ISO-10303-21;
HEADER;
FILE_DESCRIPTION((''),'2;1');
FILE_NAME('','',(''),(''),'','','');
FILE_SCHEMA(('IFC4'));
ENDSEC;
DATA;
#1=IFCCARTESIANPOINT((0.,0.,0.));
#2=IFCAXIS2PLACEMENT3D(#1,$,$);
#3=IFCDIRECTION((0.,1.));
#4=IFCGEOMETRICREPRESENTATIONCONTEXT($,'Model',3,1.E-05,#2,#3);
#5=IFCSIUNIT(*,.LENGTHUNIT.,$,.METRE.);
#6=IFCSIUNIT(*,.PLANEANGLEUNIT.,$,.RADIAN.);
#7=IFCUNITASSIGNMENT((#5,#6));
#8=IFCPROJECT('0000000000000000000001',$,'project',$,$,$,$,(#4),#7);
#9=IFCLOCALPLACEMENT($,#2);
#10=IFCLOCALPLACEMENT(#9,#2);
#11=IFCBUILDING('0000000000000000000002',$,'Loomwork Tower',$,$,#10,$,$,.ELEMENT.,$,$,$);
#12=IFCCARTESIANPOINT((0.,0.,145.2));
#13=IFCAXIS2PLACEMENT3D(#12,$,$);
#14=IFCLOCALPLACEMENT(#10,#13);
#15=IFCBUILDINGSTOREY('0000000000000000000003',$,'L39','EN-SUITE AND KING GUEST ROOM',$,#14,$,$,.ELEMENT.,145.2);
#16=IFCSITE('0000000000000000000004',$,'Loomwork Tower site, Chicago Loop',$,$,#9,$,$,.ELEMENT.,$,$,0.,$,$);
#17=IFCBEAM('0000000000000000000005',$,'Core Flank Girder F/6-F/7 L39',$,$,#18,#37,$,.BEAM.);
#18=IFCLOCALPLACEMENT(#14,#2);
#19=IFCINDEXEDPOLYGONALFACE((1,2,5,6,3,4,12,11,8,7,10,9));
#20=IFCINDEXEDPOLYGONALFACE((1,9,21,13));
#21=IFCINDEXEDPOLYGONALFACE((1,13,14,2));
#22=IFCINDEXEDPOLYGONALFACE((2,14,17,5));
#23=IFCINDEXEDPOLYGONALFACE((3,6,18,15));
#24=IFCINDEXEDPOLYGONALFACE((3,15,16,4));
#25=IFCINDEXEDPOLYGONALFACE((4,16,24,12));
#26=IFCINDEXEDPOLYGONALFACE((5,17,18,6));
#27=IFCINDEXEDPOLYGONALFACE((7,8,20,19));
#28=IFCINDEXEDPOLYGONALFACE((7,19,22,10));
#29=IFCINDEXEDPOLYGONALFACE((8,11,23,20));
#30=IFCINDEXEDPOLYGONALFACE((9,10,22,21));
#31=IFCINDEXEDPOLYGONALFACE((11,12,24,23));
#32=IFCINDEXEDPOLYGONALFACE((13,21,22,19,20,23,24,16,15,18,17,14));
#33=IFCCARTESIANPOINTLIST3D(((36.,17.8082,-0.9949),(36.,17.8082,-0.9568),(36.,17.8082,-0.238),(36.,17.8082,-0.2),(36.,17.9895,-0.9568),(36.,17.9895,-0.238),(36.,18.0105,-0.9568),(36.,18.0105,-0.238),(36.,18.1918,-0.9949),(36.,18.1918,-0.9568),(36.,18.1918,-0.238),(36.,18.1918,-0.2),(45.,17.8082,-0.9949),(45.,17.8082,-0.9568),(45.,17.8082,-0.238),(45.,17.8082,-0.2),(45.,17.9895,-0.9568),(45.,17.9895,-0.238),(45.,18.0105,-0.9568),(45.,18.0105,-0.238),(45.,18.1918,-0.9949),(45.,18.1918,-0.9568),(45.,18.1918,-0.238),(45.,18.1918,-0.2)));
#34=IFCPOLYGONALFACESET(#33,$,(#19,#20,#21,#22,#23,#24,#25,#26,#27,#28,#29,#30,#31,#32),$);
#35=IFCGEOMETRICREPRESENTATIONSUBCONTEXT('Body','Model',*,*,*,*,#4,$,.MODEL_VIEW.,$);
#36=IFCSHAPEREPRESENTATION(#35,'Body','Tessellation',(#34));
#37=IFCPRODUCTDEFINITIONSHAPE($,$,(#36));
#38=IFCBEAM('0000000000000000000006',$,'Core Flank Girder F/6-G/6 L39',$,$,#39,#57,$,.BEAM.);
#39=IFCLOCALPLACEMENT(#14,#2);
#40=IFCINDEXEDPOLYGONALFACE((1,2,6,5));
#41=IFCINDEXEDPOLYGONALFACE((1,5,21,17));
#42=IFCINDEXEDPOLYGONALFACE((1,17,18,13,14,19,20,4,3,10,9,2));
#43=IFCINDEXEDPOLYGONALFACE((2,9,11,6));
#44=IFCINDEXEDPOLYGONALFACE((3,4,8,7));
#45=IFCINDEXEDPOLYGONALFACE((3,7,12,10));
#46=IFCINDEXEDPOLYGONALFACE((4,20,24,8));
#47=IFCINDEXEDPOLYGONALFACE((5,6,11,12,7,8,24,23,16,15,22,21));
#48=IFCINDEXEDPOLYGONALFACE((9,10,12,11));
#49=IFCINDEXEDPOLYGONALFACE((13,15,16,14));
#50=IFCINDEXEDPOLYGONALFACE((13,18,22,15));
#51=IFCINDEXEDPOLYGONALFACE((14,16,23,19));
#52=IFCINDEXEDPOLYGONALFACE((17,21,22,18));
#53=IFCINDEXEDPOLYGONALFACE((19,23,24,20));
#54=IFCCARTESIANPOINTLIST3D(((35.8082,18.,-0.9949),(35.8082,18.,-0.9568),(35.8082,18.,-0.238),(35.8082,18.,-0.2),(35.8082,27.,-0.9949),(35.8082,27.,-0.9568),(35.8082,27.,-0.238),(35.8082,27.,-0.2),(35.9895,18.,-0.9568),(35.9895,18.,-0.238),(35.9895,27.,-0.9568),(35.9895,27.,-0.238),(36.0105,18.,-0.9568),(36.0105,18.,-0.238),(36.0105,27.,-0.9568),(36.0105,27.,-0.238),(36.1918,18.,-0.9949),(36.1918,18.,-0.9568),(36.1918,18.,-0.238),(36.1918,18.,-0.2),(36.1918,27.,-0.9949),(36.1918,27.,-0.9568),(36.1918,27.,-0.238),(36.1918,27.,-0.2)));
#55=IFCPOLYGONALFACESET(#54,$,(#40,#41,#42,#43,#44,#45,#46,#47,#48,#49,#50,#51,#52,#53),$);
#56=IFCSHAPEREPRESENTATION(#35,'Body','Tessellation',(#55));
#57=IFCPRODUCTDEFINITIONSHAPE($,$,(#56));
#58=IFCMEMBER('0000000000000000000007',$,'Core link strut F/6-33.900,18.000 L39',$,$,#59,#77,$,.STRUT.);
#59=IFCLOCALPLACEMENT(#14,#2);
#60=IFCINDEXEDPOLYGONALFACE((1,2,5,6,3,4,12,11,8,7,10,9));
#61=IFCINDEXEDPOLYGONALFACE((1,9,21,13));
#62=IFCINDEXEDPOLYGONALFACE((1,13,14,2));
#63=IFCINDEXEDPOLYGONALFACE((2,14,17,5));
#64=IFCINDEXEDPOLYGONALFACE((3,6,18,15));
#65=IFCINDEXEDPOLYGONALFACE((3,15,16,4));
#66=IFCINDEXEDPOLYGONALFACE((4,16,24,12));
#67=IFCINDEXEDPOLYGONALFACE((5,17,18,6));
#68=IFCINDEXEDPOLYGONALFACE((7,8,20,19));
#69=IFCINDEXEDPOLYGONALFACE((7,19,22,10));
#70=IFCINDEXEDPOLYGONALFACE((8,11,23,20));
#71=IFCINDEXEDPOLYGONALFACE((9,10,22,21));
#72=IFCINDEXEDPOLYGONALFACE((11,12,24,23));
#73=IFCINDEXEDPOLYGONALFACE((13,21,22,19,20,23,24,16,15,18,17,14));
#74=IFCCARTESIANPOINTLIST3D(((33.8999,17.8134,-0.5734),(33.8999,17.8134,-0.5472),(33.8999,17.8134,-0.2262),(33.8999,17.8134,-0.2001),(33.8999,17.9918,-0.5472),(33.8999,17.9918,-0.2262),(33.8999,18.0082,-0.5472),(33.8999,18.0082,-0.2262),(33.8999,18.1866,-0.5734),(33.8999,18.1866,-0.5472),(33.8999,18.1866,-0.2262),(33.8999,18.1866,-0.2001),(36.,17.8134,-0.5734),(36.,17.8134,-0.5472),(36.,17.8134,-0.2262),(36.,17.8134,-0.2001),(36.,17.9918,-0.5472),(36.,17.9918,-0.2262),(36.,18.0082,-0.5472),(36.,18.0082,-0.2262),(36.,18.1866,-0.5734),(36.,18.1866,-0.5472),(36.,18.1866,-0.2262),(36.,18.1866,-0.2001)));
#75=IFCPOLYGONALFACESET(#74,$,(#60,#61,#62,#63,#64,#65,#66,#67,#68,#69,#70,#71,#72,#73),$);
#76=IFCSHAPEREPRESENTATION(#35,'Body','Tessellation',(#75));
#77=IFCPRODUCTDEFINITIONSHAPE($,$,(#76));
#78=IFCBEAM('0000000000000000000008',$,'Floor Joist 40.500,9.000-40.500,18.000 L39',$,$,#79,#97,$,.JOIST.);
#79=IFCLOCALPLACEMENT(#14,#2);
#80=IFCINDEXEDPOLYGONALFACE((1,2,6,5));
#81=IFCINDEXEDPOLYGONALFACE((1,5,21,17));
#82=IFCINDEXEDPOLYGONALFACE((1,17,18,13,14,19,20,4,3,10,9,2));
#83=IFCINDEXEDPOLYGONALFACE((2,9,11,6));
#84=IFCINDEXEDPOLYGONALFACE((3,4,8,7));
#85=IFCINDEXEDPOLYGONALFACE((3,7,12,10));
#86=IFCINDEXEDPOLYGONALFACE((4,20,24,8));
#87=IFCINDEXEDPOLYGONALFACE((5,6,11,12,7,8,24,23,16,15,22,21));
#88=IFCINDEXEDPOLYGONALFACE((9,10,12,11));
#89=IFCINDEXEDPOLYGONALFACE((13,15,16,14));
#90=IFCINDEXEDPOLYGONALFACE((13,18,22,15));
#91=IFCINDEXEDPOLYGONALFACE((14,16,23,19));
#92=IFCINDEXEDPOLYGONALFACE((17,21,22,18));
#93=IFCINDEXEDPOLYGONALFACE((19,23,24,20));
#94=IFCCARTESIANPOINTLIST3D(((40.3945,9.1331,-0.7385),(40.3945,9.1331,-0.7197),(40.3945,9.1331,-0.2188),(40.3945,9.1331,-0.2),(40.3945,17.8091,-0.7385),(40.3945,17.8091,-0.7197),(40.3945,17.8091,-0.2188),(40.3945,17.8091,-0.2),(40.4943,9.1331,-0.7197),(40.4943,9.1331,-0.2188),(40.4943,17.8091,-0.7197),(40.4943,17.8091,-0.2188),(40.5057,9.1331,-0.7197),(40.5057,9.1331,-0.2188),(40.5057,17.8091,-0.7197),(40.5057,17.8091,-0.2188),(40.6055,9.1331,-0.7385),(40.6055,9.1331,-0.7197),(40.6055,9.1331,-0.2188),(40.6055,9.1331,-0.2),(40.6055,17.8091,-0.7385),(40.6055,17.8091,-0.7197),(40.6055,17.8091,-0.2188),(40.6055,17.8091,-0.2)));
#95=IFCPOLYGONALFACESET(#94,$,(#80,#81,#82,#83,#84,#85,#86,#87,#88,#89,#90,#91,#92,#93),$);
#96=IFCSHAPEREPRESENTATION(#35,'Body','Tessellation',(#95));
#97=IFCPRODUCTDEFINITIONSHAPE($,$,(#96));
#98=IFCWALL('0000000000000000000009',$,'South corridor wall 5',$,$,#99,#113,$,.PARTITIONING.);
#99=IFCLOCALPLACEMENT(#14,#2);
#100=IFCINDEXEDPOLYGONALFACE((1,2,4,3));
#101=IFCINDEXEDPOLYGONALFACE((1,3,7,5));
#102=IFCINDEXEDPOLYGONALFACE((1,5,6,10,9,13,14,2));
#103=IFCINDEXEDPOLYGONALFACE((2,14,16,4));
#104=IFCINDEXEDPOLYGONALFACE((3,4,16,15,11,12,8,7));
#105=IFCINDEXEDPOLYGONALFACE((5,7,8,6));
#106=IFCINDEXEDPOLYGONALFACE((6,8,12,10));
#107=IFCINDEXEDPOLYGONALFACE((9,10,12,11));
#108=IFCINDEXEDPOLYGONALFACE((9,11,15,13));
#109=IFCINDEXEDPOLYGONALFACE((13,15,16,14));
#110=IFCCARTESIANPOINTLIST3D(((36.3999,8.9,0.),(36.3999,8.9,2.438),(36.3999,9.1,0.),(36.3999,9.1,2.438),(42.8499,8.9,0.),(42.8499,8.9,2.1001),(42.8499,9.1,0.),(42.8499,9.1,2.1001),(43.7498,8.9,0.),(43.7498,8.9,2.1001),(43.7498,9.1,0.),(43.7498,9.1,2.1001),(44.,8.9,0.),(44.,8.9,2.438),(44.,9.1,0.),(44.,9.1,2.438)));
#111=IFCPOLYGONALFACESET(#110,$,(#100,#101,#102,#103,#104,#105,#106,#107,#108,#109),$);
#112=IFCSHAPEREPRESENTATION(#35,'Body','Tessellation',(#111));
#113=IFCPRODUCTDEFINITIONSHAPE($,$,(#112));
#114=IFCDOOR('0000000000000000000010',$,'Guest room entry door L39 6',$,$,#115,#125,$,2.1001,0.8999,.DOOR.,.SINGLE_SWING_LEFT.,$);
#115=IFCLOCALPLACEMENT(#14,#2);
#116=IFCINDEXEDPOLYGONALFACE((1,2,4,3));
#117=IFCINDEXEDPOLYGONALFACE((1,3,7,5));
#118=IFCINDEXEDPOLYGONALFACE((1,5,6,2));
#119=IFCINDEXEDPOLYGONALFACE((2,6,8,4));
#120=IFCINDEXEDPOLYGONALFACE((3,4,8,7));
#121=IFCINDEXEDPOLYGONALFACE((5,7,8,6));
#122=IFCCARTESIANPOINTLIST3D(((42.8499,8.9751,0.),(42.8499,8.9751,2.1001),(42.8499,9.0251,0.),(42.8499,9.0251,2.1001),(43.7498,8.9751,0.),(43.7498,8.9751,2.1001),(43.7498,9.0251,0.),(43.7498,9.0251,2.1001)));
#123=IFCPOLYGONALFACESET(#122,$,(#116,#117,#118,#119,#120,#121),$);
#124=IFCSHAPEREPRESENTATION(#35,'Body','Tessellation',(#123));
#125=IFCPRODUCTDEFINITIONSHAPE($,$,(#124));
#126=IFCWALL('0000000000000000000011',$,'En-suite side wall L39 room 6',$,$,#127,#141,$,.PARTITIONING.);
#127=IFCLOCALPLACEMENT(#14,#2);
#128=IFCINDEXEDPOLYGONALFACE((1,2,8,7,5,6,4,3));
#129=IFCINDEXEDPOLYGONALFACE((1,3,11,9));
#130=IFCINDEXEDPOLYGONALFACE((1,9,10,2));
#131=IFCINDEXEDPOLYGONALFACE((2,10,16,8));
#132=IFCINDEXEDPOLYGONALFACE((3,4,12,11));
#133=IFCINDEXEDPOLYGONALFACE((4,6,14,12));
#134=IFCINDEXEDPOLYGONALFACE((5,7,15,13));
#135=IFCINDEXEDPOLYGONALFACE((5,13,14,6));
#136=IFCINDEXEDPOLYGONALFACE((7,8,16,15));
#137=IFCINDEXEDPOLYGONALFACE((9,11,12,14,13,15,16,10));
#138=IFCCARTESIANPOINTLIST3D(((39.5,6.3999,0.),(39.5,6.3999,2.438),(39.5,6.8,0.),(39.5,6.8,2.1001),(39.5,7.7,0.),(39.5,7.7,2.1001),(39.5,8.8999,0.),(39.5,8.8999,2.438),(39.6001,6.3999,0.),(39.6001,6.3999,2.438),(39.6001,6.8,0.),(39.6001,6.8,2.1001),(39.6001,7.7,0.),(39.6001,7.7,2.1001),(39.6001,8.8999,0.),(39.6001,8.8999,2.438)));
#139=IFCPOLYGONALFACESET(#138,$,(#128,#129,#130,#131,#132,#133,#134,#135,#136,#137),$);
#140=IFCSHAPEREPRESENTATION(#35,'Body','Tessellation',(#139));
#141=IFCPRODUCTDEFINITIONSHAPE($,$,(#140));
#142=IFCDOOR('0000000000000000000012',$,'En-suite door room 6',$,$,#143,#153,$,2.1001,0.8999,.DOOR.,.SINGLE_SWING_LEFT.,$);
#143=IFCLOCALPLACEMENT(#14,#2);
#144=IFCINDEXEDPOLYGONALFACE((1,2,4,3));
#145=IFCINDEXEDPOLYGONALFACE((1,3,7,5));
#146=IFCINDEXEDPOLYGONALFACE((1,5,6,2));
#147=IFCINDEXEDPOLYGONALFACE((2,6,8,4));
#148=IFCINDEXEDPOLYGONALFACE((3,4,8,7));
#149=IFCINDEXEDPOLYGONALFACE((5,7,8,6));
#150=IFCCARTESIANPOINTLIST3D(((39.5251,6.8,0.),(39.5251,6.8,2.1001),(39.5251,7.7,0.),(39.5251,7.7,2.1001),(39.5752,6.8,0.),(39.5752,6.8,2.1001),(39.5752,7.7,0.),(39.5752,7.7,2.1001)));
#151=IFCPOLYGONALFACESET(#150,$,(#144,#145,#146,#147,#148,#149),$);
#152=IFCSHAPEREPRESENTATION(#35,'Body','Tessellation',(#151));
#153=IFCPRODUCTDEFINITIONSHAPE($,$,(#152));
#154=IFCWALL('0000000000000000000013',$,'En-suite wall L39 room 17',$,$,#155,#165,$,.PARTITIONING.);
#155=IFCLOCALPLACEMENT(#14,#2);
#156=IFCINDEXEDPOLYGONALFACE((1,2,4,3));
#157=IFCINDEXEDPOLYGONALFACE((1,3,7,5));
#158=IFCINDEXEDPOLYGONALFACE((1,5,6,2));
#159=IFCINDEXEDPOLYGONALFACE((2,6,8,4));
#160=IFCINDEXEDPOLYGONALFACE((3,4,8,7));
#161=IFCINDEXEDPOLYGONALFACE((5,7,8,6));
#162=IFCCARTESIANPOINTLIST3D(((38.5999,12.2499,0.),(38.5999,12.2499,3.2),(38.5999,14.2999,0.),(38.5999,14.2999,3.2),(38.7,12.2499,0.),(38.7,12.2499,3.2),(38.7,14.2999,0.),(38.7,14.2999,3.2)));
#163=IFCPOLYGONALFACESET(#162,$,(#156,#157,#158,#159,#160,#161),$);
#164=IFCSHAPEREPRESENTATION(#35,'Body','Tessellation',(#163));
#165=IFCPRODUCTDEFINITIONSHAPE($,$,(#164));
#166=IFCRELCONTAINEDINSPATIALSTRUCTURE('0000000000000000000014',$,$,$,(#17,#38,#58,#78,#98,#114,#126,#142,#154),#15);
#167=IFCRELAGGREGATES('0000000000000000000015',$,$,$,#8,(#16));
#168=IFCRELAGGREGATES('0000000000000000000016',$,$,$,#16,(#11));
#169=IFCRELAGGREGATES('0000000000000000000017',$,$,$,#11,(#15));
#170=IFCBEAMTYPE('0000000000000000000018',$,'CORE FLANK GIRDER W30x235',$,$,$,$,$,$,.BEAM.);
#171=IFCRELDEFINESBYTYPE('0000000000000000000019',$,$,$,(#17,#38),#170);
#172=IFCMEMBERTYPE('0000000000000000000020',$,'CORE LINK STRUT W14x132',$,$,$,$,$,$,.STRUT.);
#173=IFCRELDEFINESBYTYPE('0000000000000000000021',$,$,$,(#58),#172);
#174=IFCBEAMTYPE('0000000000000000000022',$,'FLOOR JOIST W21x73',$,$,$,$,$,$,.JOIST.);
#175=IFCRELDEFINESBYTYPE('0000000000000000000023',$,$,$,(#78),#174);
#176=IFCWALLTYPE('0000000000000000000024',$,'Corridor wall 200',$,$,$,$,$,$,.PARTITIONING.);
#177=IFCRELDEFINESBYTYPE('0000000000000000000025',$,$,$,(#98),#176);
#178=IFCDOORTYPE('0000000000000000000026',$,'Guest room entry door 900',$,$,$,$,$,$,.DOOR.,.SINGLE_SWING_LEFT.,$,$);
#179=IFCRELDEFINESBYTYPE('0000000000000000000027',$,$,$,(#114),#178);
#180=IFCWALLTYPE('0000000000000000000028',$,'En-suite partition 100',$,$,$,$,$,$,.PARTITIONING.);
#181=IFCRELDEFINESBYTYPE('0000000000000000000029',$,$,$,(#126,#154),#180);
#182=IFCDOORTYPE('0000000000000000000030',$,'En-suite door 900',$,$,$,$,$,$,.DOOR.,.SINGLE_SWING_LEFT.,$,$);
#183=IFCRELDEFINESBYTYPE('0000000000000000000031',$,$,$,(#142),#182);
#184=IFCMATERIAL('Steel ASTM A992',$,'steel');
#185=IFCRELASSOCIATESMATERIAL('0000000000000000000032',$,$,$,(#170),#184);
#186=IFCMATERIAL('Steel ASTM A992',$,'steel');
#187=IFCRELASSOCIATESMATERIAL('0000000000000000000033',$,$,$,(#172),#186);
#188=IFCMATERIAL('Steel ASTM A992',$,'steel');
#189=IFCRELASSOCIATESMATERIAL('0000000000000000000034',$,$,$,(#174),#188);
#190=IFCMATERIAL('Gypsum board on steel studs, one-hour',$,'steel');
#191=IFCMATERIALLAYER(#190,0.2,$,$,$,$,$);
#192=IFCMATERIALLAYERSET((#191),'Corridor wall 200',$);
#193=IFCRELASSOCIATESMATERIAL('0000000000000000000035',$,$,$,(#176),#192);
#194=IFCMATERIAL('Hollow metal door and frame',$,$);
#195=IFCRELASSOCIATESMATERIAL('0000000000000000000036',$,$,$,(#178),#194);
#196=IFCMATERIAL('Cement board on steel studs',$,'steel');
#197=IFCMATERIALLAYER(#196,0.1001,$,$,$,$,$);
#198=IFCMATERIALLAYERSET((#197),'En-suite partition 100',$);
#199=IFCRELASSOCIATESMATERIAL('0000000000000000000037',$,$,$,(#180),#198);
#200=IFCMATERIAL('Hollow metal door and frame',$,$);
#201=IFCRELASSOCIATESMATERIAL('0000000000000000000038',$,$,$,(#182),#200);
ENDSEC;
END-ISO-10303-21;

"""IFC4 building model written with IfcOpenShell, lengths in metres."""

from ifc_helpers import new_model, si_unit, direction, frame, frame_2d, origin, origin_2d, place, context, subcontext, project, spatial, rectangle, i_section, extrude, material, layer, layer_set, material_profile, profile_set, type_object, element, fill, save


model = new_model("IFC4")

# Units and contexts
model_context = context("Model", 3, precision=1e-05, world=origin(), true_north=direction((0.0, 1.0)))
body_context = subcontext(model_context, "Body", "Model", "MODEL_VIEW")
ifc_project = project(units=[si_unit("LENGTHUNIT", "METRE"), si_unit("PLANEANGLEUNIT", "RADIAN")], contexts=[model_context])

# Site, building, storey
site_placement = place(None, origin())
site = spatial("IfcSite", under=ifc_project, at=site_placement, Name="Loomwork Tower site, Chicago Loop", CompositionType="ELEMENT", RefElevation=0.0)
building_placement = place(site_placement, origin())
building = spatial("IfcBuilding", under=site, at=building_placement, Name="Loomwork Tower", CompositionType="ELEMENT")
storey_placement = place(building_placement, frame((0.0, 0.0, 145.2)))
storey = spatial("IfcBuildingStorey", under=building, at=storey_placement, Name="L39", Description="EN-SUITE AND KING GUEST ROOM", CompositionType="ELEMENT", Elevation=145.2)

# Beams
ifc_material_1 = material(Name="Steel ASTM A992", Category="steel")
ifc_material_profile_1 = material_profile(ifc_material_1, i_section(OverallWidth=0.3835, OverallDepth=0.7949, WebThickness=0.021, FlangeThickness=0.0381, at=origin_2d()), Name="W30x235")
ifc_profile_set_1 = profile_set([ifc_material_profile_1], Name="Steel ASTM A992")
beam_type_1 = type_object("IfcBeamType", Name="CORE FLANK GIRDER W30x235", PredefinedType="BEAM", material=ifc_profile_set_1)
for number, where, z_axis, x_axis, name in (
    (1, (36.0, 18.0, -0.5974), (1.0, 0.0, 0.0), (0.0, 1.0, 0.0), "Core Flank Girder F/6-F/7 L39"),
    (2, (36.0, 18.0, -0.5974), (0.0, 1.0, 0.0), (-1.0, 0.0, 0.0), "Core Flank Girder F/6-G/6 L39"),
):
    element("IfcBeam", number, at=place(storey_placement, frame(where, z_axis=z_axis, x_axis=x_axis)), inside=storey, type_object=beam_type_1, Name=name, PredefinedType="BEAM", context=body_context, shape_type="SweptSolid", body=[
        extrude(i_section(OverallWidth=0.3835, OverallDepth=0.7949, WebThickness=0.021, FlangeThickness=0.0381, at=origin_2d()), origin(), (0.0, 0.0, 1.0), 9.0),
    ])

# Member
ifc_material_2 = material(Name="Steel ASTM A992", Category="steel")
ifc_material_profile_2 = material_profile(ifc_material_2, i_section(OverallWidth=0.3733, OverallDepth=0.3733, WebThickness=0.0164, FlangeThickness=0.0261, at=origin_2d()), Name="W14x132")
ifc_profile_set_2 = profile_set([ifc_material_profile_2], Name="Steel ASTM A992")
member_type = type_object("IfcMemberType", Name="CORE LINK STRUT W14x132", PredefinedType="STRUT", material=ifc_profile_set_2)
member_placement = place(storey_placement, frame((36.0, 18.0, -0.3867), z_axis=(-1.0, 0.0, 0.0), x_axis=(0.0, -1.0, 0.0)))
element("IfcMember", 3, at=member_placement, inside=storey, type_object=member_type, Name="Core link strut F/6-33.900,18.000 L39", PredefinedType="STRUT", context=body_context, shape_type="SweptSolid", body=[
    extrude(i_section(OverallWidth=0.3733, OverallDepth=0.3733, WebThickness=0.0164, FlangeThickness=0.0261, at=origin_2d()), origin(), (0.0, 0.0, 1.0), 2.1001),
])

# Beam
ifc_material_3 = material(Name="Steel ASTM A992", Category="steel")
ifc_material_profile_3 = material_profile(ifc_material_3, i_section(OverallWidth=0.2109, OverallDepth=0.5386, WebThickness=0.0115, FlangeThickness=0.0188, at=origin_2d()), Name="W21x73")
ifc_profile_set_3 = profile_set([ifc_material_profile_3], Name="Steel ASTM A992")
beam_type_2 = type_object("IfcBeamType", Name="FLOOR JOIST W21x73", PredefinedType="JOIST", material=ifc_profile_set_3)
beam_placement = place(storey_placement, frame((40.5, 9.1331, -0.4692), z_axis=(0.0, 1.0, 0.0), x_axis=(-1.0, 0.0, 0.0)))
element("IfcBeam", 4, at=beam_placement, inside=storey, type_object=beam_type_2, Name="Floor Joist 40.500,9.000-40.500,18.000 L39", PredefinedType="JOIST", context=body_context, shape_type="SweptSolid", body=[
    extrude(i_section(OverallWidth=0.2109, OverallDepth=0.5386, WebThickness=0.0115, FlangeThickness=0.0188, at=origin_2d()), origin(), (0.0, 0.0, 1.0), 8.676),
])

# Walls, openings, doors
ifc_material_4 = material(Name="Gypsum board on steel studs, one-hour", Category="steel")
ifc_layer_1 = layer(ifc_material_4, 0.2)
ifc_layer_set_1 = layer_set([ifc_layer_1], Name="Corridor wall 200")
wall_type_1 = type_object("IfcWallType", Name="Corridor wall 200", PredefinedType="PARTITIONING", material=ifc_layer_set_1)
wall_1_placement = place(storey_placement, frame((36.3999, 9.0, 0.0), z_axis=(0.0, 0.0, 1.0), x_axis=(1.0, 0.0, 0.0)))
wall_1 = element("IfcWall", 5, at=wall_1_placement, inside=storey, type_object=wall_type_1, Name="South corridor wall 5", PredefinedType="PARTITIONING", context=body_context, shape_type="SweptSolid", body=[
    extrude(rectangle(XDim=7.6001, YDim=0.2, at=frame_2d((3.8, 0.0))), origin(), (0.0, 0.0, 1.0), 2.438),
])
opening_1_placement = place(wall_1_placement, frame((6.45, 0.0, 0.0)))
opening_1 = element("IfcOpeningElement", 6, at=opening_1_placement, cuts=wall_1, PredefinedType="OPENING", context=body_context, shape_type="SweptSolid", body=[
    extrude(rectangle(XDim=0.8999, YDim=2.1001, at=frame_2d((0.45, 1.05))), frame((0.0, 0.1099, 0.0), z_axis=(0.0, -1.0, 0.0), x_axis=(1.0, 0.0, 0.0)), (0.0, 0.0, 1.0), 0.22),
])
ifc_material_5 = material(Name="Hollow metal door and frame")
door_type_1 = type_object("IfcDoorType", Name="Guest room entry door 900", OperationType="SINGLE_SWING_LEFT", PredefinedType="DOOR", material=ifc_material_5)
door_1_placement = place(opening_1_placement, frame((0.8999, 0.0, 0.0), z_axis=(0.0, 0.0, 1.0), x_axis=(-1.0, 0.0, 0.0)))
door_1 = element("IfcDoor", 7, at=door_1_placement, inside=storey, type_object=door_type_1, Name="Guest room entry door L39 6", OperationType="SINGLE_SWING_LEFT", OverallHeight=2.1001, OverallWidth=0.8999, PredefinedType="DOOR", context=body_context, shape_type="SweptSolid", body=[
    extrude(rectangle(XDim=0.8999, YDim=2.1001, at=frame_2d((0.45, 1.05))), frame((0.0, 0.0249, 0.0), z_axis=(0.0, -1.0, 0.0), x_axis=(1.0, 0.0, 0.0)), (0.0, 0.0, 1.0), 0.05),
])
fill(opening_1, door_1)
ifc_material_6 = material(Name="Cement board on steel studs", Category="steel")
ifc_layer_2 = layer(ifc_material_6, 0.1001)
ifc_layer_set_2 = layer_set([ifc_layer_2], Name="En-suite partition 100")
wall_type_2 = type_object("IfcWallType", Name="En-suite partition 100", PredefinedType="PARTITIONING", material=ifc_layer_set_2)
wall_2_placement = place(storey_placement, frame((39.55, 8.8999, 0.0), z_axis=(0.0, 0.0, 1.0), x_axis=(0.0, -1.0, 0.0)))
wall_2 = element("IfcWall", 8, at=wall_2_placement, inside=storey, type_object=wall_type_2, Name="En-suite side wall L39 room 6", PredefinedType="PARTITIONING", context=body_context, shape_type="SweptSolid", body=[
    extrude(rectangle(XDim=2.5, YDim=0.1001, at=frame_2d((1.25, 0.0))), origin(), (0.0, 0.0, 1.0), 2.438),
])
opening_2_placement = place(wall_2_placement, frame((1.2, 0.0, 0.0)))
opening_2 = element("IfcOpeningElement", 9, at=opening_2_placement, cuts=wall_2, PredefinedType="OPENING", context=body_context, shape_type="SweptSolid", body=[
    extrude(rectangle(XDim=0.8999, YDim=2.1001, at=frame_2d((0.45, 1.05))), frame((0.0, 0.0601, 0.0), z_axis=(0.0, -1.0, 0.0), x_axis=(1.0, 0.0, 0.0)), (0.0, 0.0, 1.0), 0.1201),
])
ifc_material_7 = material(Name="Hollow metal door and frame")
door_type_2 = type_object("IfcDoorType", Name="En-suite door 900", OperationType="SINGLE_SWING_LEFT", PredefinedType="DOOR", material=ifc_material_7)
door_2_placement = place(opening_2_placement, frame((0.8999, 0.0, 0.0), z_axis=(0.0, 0.0, 1.0), x_axis=(-1.0, 0.0, 0.0)))
door_2 = element("IfcDoor", 10, at=door_2_placement, inside=storey, type_object=door_type_2, Name="En-suite door room 6", OperationType="SINGLE_SWING_LEFT", OverallHeight=2.1001, OverallWidth=0.8999, PredefinedType="DOOR", context=body_context, shape_type="SweptSolid", body=[
    extrude(rectangle(XDim=0.8999, YDim=2.1001, at=frame_2d((0.45, 1.05))), frame((0.0, 0.0249, 0.0), z_axis=(0.0, -1.0, 0.0), x_axis=(1.0, 0.0, 0.0)), (0.0, 0.0, 1.0), 0.05),
])
fill(opening_2, door_2)

# Wall
wall_3_placement = place(storey_placement, frame((38.6499, 12.25, 0.0), z_axis=(0.0, 0.0, 1.0), x_axis=(0.0, 1.0, 0.0)))
element("IfcWall", 11, at=wall_3_placement, inside=storey, type_object=wall_type_2, Name="En-suite wall L39 room 17", PredefinedType="PARTITIONING", context=body_context, shape_type="SweptSolid", body=[
    extrude(rectangle(XDim=2.05, YDim=0.1001, at=frame_2d((1.0249, 0.0))), origin(), (0.0, 0.0, 1.0), 3.2),
])

save(model, "model.ifc")
